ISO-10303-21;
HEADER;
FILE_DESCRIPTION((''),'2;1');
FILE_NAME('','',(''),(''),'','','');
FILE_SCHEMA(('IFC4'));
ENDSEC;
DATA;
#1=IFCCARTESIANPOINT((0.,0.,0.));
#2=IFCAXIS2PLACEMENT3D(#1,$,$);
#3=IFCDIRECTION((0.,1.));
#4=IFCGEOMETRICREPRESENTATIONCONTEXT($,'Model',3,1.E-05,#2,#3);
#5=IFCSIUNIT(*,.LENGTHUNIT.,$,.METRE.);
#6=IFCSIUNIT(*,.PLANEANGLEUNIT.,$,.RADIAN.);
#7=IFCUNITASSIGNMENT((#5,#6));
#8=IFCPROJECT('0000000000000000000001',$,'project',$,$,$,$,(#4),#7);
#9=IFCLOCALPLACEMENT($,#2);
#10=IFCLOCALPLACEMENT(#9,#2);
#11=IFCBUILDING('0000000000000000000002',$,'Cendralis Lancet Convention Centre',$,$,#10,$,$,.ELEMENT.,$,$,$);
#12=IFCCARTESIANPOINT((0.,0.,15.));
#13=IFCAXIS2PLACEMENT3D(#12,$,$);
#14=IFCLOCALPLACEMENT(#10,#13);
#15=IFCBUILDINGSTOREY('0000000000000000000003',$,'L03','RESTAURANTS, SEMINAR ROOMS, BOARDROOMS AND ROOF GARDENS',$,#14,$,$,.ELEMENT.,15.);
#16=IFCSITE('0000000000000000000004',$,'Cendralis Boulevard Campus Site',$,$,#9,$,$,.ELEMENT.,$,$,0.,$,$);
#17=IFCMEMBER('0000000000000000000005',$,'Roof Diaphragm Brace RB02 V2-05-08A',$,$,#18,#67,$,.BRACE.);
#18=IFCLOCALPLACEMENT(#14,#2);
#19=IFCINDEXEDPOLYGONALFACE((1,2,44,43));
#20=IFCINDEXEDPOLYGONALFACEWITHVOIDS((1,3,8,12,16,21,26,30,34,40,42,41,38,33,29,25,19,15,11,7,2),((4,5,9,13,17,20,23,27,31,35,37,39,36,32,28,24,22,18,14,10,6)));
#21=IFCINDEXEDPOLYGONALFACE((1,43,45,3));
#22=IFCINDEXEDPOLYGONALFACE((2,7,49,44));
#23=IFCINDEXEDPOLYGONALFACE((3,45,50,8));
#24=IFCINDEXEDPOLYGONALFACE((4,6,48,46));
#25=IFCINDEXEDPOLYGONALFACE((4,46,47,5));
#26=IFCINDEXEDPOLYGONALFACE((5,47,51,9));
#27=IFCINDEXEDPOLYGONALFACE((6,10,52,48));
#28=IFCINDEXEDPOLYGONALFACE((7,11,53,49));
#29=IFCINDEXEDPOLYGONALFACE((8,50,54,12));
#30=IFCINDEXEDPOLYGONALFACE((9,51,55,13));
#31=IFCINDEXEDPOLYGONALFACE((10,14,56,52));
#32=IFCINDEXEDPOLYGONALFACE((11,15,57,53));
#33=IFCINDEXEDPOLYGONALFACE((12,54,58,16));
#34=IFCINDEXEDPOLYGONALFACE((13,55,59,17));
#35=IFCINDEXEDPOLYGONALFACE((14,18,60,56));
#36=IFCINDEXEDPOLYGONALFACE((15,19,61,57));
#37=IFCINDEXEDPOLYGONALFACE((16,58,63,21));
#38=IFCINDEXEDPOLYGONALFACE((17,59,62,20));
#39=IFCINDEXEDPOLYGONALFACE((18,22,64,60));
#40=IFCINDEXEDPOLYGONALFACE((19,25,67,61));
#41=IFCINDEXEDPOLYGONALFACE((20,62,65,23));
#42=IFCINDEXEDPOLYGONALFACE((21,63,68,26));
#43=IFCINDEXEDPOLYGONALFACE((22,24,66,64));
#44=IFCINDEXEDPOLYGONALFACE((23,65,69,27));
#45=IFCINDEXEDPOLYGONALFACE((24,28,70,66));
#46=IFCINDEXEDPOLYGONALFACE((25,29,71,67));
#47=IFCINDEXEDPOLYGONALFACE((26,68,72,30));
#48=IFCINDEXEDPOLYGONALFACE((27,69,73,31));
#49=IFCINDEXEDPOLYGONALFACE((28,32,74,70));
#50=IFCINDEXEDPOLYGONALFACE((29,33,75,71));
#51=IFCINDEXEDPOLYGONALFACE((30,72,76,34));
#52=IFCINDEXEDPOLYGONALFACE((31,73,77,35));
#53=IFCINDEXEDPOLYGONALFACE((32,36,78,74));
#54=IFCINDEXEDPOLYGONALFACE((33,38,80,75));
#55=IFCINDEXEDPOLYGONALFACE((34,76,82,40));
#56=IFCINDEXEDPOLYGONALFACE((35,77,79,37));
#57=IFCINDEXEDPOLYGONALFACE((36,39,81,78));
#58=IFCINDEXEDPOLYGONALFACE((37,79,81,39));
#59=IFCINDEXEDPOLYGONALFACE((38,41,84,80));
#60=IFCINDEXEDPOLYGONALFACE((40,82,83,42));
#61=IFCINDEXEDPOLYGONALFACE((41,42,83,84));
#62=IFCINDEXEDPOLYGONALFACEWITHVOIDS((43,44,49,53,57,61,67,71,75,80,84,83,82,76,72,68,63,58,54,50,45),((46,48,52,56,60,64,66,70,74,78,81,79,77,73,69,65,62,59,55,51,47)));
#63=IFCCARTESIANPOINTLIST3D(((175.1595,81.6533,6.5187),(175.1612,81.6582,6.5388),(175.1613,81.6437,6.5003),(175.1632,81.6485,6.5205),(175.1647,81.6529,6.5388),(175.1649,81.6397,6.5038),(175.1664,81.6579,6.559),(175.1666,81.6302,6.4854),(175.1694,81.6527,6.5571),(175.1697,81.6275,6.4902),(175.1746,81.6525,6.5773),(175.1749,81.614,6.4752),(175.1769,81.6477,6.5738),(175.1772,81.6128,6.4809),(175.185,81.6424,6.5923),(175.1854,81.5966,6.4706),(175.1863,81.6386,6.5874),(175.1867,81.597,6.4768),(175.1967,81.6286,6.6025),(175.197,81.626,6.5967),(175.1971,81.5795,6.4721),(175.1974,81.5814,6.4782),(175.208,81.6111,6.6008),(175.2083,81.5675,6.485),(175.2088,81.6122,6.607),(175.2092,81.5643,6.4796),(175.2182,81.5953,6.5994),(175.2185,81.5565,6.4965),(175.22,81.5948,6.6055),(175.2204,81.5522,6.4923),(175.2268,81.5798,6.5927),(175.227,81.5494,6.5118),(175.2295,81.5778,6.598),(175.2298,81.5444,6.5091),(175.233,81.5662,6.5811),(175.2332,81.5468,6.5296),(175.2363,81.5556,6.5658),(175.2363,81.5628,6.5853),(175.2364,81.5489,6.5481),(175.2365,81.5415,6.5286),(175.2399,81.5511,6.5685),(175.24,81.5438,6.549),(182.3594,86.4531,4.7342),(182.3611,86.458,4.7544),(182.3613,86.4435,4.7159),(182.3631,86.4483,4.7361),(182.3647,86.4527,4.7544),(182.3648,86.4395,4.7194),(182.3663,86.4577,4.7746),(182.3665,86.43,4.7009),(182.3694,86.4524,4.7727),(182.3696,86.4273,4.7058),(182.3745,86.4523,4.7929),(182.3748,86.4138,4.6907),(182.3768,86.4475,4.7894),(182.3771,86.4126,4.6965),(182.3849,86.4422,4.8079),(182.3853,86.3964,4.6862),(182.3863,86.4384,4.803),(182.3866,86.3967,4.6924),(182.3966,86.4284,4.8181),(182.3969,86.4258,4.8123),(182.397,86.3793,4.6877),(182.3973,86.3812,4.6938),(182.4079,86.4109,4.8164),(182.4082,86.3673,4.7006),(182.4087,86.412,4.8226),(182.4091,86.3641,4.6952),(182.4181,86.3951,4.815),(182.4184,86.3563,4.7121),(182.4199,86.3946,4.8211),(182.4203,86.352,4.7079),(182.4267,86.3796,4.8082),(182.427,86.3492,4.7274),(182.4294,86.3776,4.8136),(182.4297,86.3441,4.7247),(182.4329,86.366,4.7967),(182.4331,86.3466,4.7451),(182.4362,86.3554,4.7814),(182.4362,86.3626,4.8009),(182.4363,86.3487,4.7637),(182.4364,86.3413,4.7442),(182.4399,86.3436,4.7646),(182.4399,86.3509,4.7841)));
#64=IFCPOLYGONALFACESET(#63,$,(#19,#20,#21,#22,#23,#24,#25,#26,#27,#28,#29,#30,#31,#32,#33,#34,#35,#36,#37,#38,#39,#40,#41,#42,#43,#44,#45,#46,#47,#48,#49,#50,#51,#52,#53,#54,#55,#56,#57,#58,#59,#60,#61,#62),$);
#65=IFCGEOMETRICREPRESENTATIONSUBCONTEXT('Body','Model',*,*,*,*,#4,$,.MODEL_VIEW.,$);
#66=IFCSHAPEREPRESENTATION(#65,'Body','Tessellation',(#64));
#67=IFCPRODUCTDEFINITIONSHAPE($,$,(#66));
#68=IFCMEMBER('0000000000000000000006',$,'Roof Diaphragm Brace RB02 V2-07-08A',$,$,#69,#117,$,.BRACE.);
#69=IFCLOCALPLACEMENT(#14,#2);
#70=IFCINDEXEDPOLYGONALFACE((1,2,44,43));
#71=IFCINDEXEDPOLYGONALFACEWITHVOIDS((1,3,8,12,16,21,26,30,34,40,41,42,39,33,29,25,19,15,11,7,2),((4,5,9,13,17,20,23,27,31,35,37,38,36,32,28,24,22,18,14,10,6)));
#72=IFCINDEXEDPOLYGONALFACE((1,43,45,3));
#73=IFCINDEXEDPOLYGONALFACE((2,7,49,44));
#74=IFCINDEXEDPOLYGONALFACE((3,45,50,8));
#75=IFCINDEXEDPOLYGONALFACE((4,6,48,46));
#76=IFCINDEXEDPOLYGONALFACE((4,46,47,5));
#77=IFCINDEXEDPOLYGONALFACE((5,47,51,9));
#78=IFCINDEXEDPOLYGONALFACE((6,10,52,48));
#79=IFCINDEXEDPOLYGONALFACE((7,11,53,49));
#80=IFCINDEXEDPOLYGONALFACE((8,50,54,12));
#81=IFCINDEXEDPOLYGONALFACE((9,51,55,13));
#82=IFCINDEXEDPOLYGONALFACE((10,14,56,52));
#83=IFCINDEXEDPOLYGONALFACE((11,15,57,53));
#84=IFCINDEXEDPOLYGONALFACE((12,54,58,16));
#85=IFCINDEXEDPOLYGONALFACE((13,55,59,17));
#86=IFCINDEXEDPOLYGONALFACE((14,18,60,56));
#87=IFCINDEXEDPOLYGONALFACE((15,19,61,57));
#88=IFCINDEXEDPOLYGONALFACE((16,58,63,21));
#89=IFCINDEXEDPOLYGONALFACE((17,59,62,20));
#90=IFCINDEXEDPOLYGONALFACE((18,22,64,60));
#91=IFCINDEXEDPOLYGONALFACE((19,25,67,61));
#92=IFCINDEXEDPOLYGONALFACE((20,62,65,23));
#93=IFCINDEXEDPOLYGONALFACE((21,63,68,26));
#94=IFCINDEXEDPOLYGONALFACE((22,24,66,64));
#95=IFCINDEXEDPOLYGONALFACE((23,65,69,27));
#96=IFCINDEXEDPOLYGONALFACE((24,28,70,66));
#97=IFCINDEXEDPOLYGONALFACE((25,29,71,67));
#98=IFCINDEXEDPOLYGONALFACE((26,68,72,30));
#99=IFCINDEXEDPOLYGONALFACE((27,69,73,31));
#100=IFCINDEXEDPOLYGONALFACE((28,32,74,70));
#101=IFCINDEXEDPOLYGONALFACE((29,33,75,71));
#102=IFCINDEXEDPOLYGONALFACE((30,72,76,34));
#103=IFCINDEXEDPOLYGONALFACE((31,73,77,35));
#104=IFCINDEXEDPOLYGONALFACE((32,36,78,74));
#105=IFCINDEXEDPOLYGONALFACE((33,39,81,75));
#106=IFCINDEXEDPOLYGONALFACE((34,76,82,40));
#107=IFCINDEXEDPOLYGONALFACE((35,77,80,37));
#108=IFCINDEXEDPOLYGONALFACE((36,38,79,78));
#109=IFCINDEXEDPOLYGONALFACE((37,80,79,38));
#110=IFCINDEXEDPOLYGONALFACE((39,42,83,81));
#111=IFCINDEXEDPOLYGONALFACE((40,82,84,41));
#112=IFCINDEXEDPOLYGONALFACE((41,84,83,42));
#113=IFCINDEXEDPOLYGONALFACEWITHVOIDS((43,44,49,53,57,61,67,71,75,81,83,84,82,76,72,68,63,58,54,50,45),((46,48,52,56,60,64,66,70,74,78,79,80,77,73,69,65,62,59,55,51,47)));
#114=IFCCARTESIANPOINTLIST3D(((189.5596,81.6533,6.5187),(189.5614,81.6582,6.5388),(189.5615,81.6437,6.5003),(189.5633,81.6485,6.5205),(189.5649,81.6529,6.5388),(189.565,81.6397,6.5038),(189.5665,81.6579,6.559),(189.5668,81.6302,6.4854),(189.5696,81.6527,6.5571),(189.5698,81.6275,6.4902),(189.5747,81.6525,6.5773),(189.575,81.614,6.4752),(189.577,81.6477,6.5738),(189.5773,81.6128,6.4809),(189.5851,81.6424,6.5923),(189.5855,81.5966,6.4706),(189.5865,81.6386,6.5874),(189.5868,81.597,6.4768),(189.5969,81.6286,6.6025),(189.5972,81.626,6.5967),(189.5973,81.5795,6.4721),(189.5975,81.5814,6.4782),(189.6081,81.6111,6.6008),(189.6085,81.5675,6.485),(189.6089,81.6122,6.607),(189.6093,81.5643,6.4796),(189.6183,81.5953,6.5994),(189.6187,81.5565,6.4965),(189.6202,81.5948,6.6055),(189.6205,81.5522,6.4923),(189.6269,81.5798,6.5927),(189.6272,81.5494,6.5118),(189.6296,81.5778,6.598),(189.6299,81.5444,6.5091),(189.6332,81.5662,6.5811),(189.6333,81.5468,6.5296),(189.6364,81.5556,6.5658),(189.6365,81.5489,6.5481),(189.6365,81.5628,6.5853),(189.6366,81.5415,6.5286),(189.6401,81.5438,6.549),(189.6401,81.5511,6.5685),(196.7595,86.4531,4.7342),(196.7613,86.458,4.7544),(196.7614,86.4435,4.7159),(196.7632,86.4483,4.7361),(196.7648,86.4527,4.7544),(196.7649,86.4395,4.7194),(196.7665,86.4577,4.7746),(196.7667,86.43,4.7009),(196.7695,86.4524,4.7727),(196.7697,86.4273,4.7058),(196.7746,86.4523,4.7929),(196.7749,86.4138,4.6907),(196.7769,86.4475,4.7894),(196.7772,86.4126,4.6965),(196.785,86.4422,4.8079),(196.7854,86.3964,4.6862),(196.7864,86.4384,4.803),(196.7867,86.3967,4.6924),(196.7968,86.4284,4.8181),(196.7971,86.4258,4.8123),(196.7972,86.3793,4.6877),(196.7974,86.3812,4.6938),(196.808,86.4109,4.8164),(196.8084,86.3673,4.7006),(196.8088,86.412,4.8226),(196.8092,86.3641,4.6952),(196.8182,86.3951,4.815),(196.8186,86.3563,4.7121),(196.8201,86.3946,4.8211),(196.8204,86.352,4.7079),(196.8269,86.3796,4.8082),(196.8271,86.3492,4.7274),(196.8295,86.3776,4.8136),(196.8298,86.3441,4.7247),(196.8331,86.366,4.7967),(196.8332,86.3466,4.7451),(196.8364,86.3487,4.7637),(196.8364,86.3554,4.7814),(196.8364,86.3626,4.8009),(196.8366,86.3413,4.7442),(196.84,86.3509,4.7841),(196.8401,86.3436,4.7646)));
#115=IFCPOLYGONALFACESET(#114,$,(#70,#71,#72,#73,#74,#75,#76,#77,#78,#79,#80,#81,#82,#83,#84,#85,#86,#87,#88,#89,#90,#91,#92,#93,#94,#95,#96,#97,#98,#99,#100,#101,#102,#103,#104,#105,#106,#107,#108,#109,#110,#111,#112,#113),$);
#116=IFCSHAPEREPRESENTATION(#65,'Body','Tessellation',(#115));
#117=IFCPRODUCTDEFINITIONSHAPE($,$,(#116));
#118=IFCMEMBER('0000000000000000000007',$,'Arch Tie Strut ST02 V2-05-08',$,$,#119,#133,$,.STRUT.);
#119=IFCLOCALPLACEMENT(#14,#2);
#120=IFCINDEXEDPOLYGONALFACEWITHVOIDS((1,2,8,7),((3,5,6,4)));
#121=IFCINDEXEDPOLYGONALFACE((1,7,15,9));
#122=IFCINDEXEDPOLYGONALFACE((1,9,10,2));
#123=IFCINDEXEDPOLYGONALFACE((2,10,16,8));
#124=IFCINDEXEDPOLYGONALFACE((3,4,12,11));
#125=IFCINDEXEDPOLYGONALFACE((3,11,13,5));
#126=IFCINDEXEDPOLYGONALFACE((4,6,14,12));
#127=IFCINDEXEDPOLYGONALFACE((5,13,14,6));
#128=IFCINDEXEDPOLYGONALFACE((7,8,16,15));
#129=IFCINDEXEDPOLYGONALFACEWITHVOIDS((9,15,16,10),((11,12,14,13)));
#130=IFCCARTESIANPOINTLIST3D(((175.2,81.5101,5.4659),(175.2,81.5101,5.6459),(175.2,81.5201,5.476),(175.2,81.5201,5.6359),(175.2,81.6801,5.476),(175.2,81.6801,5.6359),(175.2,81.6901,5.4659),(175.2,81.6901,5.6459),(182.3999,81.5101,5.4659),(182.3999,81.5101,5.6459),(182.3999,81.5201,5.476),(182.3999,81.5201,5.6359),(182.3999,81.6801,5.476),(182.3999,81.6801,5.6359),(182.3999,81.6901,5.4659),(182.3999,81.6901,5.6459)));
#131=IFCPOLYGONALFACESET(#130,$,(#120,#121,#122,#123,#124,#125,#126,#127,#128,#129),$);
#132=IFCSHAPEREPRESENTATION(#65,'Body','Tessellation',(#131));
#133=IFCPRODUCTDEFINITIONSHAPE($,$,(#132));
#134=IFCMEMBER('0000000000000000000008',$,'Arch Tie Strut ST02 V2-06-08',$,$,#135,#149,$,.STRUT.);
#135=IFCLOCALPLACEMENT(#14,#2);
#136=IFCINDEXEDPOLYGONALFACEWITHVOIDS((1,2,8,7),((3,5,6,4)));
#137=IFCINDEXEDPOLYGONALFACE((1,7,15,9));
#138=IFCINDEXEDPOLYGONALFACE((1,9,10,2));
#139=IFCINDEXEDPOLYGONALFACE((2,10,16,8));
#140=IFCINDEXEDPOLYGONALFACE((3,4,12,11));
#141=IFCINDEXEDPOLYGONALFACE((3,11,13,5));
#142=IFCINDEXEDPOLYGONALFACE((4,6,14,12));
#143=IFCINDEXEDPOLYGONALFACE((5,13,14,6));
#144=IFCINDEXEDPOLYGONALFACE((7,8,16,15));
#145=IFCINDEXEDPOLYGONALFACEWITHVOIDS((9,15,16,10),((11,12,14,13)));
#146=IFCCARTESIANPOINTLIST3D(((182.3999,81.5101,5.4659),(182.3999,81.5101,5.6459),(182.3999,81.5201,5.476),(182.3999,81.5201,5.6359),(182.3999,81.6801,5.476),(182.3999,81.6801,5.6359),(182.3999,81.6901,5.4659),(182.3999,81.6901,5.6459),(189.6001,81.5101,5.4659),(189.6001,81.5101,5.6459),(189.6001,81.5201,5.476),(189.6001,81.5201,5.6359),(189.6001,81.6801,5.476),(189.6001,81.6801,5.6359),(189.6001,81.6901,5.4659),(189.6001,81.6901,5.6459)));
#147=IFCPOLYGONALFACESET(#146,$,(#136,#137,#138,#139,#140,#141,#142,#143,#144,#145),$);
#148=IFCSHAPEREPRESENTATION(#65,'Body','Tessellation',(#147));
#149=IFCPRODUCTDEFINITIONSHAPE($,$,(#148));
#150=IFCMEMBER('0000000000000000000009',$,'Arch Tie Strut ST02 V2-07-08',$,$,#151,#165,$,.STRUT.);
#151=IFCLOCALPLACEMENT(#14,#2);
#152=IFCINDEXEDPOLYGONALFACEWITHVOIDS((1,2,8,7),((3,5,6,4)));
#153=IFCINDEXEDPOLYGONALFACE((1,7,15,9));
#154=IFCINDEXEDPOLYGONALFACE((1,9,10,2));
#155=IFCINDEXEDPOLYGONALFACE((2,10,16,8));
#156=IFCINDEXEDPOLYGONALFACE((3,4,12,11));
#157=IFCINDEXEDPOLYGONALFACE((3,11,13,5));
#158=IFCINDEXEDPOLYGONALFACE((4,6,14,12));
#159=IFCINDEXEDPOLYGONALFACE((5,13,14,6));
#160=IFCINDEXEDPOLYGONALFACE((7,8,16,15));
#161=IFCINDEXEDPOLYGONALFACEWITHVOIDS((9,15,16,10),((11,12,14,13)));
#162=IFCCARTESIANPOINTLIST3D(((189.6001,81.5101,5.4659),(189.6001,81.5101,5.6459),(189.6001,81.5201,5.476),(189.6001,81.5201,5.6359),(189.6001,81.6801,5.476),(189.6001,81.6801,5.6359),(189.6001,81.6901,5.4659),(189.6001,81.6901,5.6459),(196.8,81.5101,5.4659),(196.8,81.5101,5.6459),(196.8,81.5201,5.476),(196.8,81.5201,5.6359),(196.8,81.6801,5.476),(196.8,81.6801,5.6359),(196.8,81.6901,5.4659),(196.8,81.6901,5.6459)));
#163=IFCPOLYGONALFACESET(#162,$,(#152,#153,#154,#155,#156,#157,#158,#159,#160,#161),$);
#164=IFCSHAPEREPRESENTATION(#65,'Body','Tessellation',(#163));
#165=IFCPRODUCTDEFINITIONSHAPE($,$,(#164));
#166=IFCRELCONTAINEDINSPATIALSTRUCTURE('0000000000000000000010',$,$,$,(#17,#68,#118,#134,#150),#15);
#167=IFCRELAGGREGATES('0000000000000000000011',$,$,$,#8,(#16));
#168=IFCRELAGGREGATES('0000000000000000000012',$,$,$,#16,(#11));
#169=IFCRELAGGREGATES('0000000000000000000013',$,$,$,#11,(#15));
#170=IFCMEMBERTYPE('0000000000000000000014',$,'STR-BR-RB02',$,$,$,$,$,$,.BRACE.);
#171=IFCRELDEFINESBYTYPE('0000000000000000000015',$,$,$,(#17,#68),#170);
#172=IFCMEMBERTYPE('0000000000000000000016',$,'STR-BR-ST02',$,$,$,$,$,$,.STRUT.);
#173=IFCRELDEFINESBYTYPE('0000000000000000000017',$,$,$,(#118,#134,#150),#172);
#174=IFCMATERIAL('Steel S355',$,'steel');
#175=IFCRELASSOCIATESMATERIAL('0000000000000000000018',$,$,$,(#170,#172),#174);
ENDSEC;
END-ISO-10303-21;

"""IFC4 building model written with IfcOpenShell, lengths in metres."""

from ifc_helpers import new_model, si_unit, direction, frame, origin, origin_2d, place, context, subcontext, project, spatial, hollow_rectangle, hollow_circle, extrude, material, material_profile, profile_set, type_object, element, save


model = new_model("IFC4")

# Units and contexts
model_context = context("Model", 3, precision=1e-05, world=origin(), true_north=direction((0.0, 1.0)))
body_context = subcontext(model_context, "Body", "Model", "MODEL_VIEW")
ifc_project = project(units=[si_unit("LENGTHUNIT", "METRE"), si_unit("PLANEANGLEUNIT", "RADIAN")], contexts=[model_context])

# Site, building, storey
site_placement = place(None, origin())
site = spatial("IfcSite", under=ifc_project, at=site_placement, Name="Cendralis Boulevard Campus Site", CompositionType="ELEMENT", RefElevation=0.0)
building_placement = place(site_placement, origin())
building = spatial("IfcBuilding", under=site, at=building_placement, Name="Cendralis Lancet Convention Centre", CompositionType="ELEMENT")
storey_placement = place(building_placement, frame((0.0, 0.0, 15.0)))
storey = spatial("IfcBuildingStorey", under=building, at=storey_placement, Name="L03", Description="RESTAURANTS, SEMINAR ROOMS, BOARDROOMS AND ROOF GARDENS", CompositionType="ELEMENT", Elevation=15.0)

# Members
ifc_material_1 = material(Name="Steel S355", Category="steel")
ifc_material_profile_1 = material_profile(ifc_material_1, hollow_circle(Radius=0.0698, WallThickness=0.0063, at=origin_2d()), Name="CHS 139.7x6.3")
ifc_profile_set_1 = profile_set([ifc_material_profile_1], Name="Steel S355")
member_type_1 = type_object("IfcMemberType", Name="STR-BR-RB02", PredefinedType="BRACE", material=ifc_profile_set_1)
for number, where, z_axis, x_axis, name in (
    (1, (175.2, 81.6001, 6.5388), (0.814912, 0.543256, -0.201966), (-0.554687, 0.832059, 0.0), "Roof Diaphragm Brace RB02 V2-05-08A"),
    (2, (189.6001, 81.6001, 6.5388), (0.814912, 0.543256, -0.201966), (-0.554687, 0.832059, 0.0), "Roof Diaphragm Brace RB02 V2-07-08A"),
):
    element("IfcMember", number, at=place(storey_placement, frame(where, z_axis=z_axis, x_axis=x_axis)), inside=storey, type_object=member_type_1, Name=name, PredefinedType="BRACE", context=body_context, shape_type="SweptSolid", body=[
        extrude(hollow_circle(Radius=0.0698, WallThickness=0.0063, at=origin_2d()), origin(), (0.0, 0.0, 1.0), 8.8352),
    ])
ifc_material_profile_2 = material_profile(ifc_material_1, hollow_rectangle(XDim=0.1799, YDim=0.1799, WallThickness=0.01, at=origin_2d()), Name="SHS 180x180x10.0")
ifc_profile_set_2 = profile_set([ifc_material_profile_2], Name="Steel S355")
member_type_2 = type_object("IfcMemberType", Name="STR-BR-ST02", PredefinedType="STRUT", material=ifc_profile_set_2)
member_1_placement = place(storey_placement, frame((175.2, 81.6001, 5.5559), z_axis=(1.0, 0.0, 0.0), x_axis=(0.0, 1.0, 0.0)))
element("IfcMember", 3, at=member_1_placement, inside=storey, type_object=member_type_2, Name="Arch Tie Strut ST02 V2-05-08", PredefinedType="STRUT", context=body_context, shape_type="SweptSolid", body=[
    extrude(hollow_rectangle(XDim=0.1799, YDim=0.1799, WallThickness=0.01, at=origin_2d()), origin(), (0.0, 0.0, 1.0), 7.2),
])
member_2_placement = place(storey_placement, frame((182.3999, 81.6001, 5.5559), z_axis=(1.0, 0.0, 0.0), x_axis=(0.0, 1.0, 0.0)))
element("IfcMember", 4, at=member_2_placement, inside=storey, type_object=member_type_2, Name="Arch Tie Strut ST02 V2-06-08", PredefinedType="STRUT", context=body_context, shape_type="SweptSolid", body=[
    extrude(hollow_rectangle(XDim=0.1799, YDim=0.1799, WallThickness=0.01, at=origin_2d()), origin(), (0.0, 0.0, 1.0), 7.2002),
])
member_3_placement = place(storey_placement, frame((189.6001, 81.6001, 5.5559), z_axis=(1.0, 0.0, 0.0), x_axis=(0.0, 1.0, 0.0)))
element("IfcMember", 5, at=member_3_placement, inside=storey, type_object=member_type_2, Name="Arch Tie Strut ST02 V2-07-08", PredefinedType="STRUT", context=body_context, shape_type="SweptSolid", body=[
    extrude(hollow_rectangle(XDim=0.1799, YDim=0.1799, WallThickness=0.01, at=origin_2d()), origin(), (0.0, 0.0, 1.0), 7.2),
])

save(model, "model.ifc")
